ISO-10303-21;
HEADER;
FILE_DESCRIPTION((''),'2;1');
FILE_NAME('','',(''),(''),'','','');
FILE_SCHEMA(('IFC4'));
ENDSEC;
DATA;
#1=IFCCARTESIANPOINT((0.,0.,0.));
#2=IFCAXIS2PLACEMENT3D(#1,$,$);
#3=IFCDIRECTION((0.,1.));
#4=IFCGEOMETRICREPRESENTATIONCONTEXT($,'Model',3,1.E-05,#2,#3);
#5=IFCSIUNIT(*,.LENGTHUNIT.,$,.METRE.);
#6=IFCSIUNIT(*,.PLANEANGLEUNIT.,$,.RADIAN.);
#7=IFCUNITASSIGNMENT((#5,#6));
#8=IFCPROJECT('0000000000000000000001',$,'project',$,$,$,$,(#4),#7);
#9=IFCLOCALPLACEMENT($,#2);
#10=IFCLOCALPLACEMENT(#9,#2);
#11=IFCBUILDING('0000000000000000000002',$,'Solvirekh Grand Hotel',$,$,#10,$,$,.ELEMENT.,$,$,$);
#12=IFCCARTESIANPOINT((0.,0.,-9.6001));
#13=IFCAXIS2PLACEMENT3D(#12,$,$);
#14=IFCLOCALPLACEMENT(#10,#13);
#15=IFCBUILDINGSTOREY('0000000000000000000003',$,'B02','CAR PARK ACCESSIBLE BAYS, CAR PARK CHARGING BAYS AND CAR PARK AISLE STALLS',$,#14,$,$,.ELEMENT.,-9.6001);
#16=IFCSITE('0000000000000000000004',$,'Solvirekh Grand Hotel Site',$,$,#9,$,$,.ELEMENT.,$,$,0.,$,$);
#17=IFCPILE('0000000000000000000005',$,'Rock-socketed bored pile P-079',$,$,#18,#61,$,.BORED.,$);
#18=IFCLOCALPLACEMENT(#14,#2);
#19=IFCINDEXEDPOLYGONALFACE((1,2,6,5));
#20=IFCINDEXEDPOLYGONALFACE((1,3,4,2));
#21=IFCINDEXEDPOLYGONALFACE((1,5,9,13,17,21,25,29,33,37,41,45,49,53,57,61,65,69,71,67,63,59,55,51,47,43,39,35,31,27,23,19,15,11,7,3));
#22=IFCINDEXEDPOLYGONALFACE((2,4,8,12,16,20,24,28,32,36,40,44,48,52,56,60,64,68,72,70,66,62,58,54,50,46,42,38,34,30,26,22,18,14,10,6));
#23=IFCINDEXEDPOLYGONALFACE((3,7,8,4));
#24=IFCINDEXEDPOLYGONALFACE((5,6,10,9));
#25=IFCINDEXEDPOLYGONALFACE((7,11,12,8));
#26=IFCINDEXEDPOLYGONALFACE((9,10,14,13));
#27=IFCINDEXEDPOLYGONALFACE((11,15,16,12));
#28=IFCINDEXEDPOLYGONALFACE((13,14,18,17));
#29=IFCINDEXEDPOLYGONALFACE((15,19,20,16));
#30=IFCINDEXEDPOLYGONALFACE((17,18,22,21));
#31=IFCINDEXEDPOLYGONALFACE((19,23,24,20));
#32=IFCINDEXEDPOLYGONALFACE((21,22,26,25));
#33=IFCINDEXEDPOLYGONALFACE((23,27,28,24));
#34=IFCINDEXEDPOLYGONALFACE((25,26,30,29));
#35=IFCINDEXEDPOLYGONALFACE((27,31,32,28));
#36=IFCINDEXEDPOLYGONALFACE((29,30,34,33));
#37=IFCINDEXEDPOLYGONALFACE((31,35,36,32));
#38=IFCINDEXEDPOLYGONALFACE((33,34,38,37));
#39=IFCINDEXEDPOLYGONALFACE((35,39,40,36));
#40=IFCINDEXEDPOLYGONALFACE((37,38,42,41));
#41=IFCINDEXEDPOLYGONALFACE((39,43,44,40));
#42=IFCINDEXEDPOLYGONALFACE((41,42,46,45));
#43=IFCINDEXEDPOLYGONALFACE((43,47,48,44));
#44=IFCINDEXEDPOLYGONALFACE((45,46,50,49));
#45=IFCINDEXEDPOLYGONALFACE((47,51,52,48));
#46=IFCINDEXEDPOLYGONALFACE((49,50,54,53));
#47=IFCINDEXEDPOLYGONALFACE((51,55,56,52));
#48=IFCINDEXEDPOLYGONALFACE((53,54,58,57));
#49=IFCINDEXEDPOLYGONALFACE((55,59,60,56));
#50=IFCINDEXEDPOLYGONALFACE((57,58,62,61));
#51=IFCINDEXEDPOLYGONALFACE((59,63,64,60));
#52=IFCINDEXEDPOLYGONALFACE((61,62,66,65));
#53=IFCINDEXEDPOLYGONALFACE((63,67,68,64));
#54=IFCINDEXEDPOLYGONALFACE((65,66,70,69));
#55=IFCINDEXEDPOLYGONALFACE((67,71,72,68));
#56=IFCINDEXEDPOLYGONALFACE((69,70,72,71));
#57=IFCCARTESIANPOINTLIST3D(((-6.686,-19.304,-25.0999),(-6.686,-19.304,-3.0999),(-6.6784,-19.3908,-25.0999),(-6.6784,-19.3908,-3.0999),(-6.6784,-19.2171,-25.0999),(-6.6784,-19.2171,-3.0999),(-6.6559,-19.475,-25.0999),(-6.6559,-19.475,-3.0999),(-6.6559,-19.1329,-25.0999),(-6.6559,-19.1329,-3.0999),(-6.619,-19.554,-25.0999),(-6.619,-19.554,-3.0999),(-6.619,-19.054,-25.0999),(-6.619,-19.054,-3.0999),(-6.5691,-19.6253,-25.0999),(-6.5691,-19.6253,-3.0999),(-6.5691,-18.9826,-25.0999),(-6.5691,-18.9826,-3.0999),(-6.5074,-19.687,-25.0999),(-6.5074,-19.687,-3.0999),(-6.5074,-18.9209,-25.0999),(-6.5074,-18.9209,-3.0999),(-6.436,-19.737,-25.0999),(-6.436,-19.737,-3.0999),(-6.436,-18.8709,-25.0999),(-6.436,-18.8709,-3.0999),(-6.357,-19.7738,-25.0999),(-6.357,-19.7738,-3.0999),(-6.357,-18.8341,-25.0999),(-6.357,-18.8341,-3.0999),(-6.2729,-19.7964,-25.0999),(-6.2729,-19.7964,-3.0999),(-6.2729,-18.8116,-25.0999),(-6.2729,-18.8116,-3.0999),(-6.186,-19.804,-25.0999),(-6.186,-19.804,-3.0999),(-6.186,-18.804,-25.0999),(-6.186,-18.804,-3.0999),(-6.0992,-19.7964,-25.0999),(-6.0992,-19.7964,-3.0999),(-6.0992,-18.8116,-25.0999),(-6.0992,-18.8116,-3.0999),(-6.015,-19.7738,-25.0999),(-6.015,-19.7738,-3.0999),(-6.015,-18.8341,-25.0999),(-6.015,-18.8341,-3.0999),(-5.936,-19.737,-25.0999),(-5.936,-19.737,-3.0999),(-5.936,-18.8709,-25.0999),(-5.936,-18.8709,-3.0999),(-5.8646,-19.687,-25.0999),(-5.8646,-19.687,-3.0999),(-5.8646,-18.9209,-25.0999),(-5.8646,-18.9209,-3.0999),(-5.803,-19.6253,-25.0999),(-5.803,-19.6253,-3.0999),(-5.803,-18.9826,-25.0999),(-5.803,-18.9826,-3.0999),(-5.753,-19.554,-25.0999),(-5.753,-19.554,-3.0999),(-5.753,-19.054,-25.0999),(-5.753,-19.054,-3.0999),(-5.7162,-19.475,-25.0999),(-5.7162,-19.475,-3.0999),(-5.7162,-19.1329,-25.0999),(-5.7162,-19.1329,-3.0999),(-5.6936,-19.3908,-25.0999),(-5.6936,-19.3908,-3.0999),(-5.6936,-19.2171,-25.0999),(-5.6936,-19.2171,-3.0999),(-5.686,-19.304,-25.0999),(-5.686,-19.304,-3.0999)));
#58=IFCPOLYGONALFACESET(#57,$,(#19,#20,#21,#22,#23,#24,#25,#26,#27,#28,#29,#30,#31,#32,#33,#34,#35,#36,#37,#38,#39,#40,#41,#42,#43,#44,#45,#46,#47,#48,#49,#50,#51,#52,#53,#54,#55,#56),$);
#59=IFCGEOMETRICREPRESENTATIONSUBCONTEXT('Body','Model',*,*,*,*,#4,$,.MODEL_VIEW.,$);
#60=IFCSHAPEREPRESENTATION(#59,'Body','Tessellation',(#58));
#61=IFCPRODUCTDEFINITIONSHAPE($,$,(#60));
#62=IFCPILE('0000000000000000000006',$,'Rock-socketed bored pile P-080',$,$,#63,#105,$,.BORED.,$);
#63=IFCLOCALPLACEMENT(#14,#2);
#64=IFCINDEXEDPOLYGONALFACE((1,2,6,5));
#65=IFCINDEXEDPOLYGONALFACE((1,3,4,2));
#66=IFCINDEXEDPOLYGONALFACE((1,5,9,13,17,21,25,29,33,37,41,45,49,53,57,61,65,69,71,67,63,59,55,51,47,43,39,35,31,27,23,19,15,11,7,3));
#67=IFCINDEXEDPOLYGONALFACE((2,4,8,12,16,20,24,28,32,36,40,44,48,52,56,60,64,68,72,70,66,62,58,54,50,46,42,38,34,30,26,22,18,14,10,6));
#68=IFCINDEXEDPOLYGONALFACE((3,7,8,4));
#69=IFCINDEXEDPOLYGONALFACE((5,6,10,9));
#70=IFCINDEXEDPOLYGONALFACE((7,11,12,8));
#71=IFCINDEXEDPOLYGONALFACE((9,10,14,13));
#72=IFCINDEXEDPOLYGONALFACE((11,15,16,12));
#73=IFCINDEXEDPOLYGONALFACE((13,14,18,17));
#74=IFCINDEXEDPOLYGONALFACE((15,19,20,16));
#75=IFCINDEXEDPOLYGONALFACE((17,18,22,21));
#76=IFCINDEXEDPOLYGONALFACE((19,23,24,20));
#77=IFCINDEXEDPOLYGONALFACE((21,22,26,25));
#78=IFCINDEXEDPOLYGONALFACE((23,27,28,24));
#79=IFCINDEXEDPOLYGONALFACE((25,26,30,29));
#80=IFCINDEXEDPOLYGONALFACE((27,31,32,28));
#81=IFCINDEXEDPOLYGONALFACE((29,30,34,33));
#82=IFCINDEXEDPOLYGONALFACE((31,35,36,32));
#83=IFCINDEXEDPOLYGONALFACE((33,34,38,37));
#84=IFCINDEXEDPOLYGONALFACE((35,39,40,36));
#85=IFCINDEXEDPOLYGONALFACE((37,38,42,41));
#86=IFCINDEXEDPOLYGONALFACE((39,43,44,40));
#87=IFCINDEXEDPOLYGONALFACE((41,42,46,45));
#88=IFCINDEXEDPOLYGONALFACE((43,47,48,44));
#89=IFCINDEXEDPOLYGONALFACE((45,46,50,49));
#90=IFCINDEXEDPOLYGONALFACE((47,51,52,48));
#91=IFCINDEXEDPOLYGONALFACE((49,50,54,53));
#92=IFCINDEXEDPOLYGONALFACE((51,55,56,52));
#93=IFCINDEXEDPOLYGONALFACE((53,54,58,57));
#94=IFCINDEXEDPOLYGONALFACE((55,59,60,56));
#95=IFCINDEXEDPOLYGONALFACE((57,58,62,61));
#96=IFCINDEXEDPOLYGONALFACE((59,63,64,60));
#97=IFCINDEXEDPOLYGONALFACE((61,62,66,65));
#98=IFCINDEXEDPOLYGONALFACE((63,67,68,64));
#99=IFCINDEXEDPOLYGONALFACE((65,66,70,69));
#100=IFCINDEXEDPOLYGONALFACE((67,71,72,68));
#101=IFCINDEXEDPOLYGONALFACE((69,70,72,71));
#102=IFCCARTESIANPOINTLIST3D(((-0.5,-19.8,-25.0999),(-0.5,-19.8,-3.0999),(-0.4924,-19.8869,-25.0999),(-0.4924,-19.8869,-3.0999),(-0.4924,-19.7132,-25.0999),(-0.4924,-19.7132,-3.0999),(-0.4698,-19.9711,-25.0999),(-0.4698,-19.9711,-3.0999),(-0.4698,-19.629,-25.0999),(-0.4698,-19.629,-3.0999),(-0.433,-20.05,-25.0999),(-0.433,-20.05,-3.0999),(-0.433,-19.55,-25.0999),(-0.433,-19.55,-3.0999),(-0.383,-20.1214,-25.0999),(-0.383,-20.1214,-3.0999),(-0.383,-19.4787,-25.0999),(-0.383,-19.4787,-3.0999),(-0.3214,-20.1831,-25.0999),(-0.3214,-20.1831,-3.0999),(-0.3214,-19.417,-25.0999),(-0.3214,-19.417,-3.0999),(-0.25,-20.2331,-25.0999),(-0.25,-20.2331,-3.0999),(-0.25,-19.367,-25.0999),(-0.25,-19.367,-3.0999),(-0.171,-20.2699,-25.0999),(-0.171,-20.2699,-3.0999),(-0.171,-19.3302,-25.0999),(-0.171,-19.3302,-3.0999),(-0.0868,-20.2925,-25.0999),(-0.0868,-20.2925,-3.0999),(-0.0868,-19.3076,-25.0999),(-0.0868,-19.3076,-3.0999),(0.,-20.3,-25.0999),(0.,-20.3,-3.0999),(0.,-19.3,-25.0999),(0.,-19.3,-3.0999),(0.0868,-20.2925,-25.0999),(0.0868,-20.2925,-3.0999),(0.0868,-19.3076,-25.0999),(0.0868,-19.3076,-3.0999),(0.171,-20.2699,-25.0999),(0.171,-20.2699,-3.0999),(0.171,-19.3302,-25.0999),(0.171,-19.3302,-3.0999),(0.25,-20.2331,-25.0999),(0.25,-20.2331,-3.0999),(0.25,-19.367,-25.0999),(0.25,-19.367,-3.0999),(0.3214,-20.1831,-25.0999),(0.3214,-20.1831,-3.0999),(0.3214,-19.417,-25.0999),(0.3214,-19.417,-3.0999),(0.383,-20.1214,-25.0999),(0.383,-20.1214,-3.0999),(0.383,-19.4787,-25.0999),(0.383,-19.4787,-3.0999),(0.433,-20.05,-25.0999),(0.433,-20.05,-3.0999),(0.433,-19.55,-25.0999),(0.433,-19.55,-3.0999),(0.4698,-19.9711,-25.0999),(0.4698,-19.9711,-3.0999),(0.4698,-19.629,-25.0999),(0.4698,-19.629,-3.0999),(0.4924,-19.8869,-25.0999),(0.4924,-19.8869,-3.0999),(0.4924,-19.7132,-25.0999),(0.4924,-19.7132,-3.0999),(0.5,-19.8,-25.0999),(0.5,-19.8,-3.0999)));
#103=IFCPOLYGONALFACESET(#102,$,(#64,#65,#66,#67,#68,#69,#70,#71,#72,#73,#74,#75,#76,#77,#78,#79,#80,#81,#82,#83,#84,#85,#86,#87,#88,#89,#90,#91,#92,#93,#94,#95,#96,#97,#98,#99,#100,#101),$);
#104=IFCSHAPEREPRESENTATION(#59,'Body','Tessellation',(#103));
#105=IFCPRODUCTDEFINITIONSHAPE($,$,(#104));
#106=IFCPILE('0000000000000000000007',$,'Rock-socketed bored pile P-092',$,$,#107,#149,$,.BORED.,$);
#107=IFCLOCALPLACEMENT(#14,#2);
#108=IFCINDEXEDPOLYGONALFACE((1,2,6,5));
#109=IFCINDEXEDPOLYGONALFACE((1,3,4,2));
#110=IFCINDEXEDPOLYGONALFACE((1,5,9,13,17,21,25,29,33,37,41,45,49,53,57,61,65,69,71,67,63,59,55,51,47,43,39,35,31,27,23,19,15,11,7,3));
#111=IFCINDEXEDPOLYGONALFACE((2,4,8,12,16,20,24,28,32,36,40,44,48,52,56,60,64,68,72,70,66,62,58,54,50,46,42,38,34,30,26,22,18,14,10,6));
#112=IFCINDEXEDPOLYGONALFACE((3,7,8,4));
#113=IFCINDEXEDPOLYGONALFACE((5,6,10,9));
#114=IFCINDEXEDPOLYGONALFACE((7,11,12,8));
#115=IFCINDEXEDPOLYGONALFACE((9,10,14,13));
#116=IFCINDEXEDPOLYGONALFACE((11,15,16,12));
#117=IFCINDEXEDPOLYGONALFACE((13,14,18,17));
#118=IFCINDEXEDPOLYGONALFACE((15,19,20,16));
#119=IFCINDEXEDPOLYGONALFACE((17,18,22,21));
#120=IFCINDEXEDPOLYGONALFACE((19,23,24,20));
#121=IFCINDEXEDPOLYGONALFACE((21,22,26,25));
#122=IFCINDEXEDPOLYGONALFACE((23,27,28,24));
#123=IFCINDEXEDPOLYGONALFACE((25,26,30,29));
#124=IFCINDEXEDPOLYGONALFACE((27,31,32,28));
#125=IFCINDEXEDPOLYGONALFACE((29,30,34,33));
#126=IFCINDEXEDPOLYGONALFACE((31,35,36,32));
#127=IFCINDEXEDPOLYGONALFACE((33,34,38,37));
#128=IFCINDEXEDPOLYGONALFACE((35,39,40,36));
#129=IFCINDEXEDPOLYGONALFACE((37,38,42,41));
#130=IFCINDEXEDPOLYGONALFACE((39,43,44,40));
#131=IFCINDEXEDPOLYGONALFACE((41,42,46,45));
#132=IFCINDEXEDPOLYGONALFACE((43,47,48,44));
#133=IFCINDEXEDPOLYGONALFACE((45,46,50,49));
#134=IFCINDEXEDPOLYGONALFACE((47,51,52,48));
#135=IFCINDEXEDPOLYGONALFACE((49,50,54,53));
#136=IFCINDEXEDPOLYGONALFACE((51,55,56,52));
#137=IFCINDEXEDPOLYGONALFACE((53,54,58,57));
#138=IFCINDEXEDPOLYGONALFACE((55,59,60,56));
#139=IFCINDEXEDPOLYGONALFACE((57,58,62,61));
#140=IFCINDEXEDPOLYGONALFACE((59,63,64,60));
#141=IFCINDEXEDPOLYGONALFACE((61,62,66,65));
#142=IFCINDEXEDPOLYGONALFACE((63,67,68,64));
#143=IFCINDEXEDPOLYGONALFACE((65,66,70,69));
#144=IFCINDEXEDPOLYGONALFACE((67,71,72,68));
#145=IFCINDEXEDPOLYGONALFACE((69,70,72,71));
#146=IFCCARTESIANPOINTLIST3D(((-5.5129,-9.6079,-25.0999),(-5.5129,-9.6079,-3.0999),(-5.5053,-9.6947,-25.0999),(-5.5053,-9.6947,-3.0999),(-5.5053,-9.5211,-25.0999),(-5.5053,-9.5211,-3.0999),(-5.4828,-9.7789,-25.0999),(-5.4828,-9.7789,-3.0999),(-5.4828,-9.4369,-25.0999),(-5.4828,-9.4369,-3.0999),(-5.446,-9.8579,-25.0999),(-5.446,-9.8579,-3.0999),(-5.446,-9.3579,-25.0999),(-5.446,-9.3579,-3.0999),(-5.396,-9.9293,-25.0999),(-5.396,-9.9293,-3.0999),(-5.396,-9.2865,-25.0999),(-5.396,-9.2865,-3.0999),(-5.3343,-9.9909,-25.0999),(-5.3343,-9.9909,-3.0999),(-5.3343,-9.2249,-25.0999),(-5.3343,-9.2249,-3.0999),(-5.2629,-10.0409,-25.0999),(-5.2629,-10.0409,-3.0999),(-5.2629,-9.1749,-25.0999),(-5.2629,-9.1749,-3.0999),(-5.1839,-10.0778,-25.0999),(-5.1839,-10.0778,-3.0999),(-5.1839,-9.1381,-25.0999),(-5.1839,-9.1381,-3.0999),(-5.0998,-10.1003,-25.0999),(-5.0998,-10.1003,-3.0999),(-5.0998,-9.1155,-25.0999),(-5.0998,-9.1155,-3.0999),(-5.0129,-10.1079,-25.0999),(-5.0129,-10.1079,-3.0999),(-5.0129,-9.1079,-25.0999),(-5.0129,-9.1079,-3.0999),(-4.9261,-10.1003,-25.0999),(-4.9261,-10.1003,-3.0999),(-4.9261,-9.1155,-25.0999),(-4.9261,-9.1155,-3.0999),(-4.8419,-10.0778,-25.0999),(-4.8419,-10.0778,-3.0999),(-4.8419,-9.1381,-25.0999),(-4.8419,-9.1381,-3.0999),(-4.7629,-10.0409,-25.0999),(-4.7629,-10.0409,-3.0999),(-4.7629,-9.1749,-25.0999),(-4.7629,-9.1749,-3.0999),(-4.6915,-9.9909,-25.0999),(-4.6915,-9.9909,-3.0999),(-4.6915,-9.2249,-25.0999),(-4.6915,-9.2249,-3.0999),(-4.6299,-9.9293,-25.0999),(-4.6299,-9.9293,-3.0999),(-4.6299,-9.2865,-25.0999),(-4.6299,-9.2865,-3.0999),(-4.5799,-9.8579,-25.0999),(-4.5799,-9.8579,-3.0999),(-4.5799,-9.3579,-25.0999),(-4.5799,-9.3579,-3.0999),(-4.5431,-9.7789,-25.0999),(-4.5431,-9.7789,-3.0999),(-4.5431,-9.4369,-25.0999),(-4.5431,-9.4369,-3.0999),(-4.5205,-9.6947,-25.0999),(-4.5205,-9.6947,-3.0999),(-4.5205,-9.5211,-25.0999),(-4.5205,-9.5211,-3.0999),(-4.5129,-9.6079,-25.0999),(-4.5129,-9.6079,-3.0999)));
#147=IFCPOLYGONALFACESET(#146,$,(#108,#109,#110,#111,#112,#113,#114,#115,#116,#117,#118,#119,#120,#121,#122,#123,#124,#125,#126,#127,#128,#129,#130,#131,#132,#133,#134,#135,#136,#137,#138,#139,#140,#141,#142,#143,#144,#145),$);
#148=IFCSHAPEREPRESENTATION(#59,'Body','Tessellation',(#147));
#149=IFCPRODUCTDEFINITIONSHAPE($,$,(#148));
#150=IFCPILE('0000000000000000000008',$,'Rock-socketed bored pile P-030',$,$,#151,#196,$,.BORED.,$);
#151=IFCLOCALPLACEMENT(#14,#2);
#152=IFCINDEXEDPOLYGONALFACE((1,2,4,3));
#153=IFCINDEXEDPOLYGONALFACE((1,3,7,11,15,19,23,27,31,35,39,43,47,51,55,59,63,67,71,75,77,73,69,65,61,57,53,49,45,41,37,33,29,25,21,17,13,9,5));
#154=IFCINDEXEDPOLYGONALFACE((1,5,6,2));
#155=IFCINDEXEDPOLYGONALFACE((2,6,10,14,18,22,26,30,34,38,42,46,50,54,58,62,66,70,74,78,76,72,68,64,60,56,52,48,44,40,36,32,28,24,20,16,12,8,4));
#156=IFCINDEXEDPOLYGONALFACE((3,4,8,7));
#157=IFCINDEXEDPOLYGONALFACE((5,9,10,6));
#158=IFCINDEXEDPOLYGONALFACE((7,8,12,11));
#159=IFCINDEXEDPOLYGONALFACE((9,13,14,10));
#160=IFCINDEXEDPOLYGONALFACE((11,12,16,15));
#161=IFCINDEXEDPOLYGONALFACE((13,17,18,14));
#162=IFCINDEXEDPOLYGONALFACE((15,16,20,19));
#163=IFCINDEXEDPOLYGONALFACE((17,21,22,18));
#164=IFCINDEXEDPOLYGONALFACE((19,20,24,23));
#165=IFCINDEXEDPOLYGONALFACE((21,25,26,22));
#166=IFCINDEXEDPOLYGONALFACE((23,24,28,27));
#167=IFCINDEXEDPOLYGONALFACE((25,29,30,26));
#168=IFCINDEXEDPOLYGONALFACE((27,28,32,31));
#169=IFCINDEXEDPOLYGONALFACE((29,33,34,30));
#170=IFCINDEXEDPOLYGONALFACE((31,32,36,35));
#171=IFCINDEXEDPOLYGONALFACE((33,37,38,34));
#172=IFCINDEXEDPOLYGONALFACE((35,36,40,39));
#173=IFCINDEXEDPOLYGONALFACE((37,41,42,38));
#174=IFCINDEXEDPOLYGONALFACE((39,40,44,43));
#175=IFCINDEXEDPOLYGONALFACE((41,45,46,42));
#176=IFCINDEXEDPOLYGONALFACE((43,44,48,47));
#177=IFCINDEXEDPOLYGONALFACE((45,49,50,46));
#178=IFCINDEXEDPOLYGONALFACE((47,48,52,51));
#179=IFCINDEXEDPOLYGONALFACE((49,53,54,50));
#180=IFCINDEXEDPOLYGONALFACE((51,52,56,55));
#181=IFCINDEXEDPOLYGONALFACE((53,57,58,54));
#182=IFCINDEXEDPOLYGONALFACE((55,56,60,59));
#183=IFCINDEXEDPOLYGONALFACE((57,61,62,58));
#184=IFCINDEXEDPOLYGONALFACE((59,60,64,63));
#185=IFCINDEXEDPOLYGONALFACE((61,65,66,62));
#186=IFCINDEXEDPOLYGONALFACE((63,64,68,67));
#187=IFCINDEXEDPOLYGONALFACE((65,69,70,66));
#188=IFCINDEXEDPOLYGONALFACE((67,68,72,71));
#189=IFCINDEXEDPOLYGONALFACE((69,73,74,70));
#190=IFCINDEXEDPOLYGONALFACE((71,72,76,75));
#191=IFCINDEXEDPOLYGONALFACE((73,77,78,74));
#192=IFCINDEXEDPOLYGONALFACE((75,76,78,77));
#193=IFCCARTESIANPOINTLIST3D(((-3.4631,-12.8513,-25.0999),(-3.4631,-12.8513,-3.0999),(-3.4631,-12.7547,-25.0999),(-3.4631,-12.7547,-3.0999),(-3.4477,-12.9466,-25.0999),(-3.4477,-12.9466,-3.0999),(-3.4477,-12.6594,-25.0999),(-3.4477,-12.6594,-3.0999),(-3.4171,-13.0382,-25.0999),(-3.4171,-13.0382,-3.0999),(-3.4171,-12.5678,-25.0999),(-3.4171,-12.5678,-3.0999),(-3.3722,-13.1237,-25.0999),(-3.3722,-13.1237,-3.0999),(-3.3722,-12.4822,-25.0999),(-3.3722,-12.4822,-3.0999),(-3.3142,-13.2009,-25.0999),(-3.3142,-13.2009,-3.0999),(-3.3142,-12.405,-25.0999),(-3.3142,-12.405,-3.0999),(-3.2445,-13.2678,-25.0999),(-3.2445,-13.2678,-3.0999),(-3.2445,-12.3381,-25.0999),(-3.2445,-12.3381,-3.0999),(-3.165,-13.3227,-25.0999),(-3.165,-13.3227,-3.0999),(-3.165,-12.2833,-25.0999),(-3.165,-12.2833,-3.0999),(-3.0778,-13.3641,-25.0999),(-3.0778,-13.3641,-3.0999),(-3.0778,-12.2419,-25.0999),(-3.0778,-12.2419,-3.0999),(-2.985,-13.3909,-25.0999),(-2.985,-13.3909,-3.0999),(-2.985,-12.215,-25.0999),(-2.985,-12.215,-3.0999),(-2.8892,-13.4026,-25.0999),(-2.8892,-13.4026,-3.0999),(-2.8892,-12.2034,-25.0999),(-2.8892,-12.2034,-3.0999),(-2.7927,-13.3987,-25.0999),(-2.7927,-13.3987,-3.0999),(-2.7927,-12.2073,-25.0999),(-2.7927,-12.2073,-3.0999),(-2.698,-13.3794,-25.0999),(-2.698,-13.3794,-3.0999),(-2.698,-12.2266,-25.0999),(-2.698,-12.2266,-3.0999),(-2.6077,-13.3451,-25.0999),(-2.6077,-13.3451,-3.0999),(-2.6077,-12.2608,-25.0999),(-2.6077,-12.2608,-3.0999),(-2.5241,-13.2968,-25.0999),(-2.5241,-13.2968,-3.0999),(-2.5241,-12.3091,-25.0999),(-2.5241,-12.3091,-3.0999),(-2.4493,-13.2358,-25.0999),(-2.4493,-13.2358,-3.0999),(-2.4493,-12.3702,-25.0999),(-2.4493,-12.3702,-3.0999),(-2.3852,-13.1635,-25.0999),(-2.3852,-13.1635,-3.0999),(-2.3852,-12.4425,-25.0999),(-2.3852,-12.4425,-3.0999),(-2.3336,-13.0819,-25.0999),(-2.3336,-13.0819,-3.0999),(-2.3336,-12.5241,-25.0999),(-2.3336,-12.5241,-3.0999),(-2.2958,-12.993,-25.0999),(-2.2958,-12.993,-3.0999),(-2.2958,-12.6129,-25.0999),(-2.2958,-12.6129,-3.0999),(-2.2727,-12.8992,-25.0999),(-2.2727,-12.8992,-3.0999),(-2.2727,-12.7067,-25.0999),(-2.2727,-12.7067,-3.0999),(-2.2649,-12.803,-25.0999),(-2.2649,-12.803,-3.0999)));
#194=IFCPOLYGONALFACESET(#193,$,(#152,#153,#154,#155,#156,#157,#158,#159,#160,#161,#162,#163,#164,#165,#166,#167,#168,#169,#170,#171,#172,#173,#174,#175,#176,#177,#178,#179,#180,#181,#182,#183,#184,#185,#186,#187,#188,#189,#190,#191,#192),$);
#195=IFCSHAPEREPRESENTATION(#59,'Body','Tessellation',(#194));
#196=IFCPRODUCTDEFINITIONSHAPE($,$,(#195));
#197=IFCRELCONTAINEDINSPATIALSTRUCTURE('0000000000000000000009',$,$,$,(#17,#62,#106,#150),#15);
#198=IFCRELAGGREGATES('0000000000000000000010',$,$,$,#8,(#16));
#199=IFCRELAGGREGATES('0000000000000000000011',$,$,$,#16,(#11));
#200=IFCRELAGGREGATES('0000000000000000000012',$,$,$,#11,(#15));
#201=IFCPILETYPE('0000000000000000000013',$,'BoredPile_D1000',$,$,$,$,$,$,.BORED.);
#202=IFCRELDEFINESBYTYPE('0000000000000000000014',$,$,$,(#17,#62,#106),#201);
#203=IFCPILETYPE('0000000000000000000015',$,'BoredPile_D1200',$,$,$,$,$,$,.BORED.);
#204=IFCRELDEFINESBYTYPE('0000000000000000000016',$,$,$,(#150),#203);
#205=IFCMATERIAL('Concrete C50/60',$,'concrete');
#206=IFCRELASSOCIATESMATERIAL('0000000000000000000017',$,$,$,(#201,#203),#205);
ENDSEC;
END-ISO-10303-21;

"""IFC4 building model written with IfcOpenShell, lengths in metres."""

from ifc_helpers import new_model, si_unit, direction, frame, origin, origin_2d, place, context, subcontext, project, spatial, circle, extrude, material, material_profile, profile_set, type_object, element, save


model = new_model("IFC4")

# Units and contexts
model_context = context("Model", 3, precision=1e-05, world=origin(), true_north=direction((0.0, 1.0)))
body_context = subcontext(model_context, "Body", "Model", "MODEL_VIEW")
ifc_project = project(units=[si_unit("LENGTHUNIT", "METRE"), si_unit("PLANEANGLEUNIT", "RADIAN")], contexts=[model_context])

# Site, building, storey
site_placement = place(None, origin())
site = spatial("IfcSite", under=ifc_project, at=site_placement, Name="Solvirekh Grand Hotel Site", CompositionType="ELEMENT", RefElevation=0.0)
building_placement = place(site_placement, origin())
building = spatial("IfcBuilding", under=site, at=building_placement, Name="Solvirekh Grand Hotel", CompositionType="ELEMENT")
storey_placement = place(building_placement, frame((0.0, 0.0, -9.6001)))
storey = spatial("IfcBuildingStorey", under=building, at=storey_placement, Name="B02", Description="CAR PARK ACCESSIBLE BAYS, CAR PARK CHARGING BAYS AND CAR PARK AISLE STALLS", CompositionType="ELEMENT", Elevation=-9.6001)

# Piles
ifc_material_1 = material(Name="Concrete C50/60", Category="concrete")
ifc_material_profile_1 = material_profile(ifc_material_1, circle(Radius=0.5, at=origin_2d()), Name="BORED PILE D1000")
ifc_profile_set_1 = profile_set([ifc_material_profile_1], Name="Concrete C50/60")
pile_type_1 = type_object("IfcPileType", Name="BoredPile_D1000", PredefinedType="BORED", material=ifc_profile_set_1)
for number, where, z_axis, x_axis, name in (
    (1, (-6.186, -19.304, -3.0999), (0.0, 0.0, -1.0), (1.0, 0.0, 0.0), "Rock-socketed bored pile P-079"),
    (2, (0.0, -19.8, -3.0999), (0.0, 0.0, -1.0), (1.0, 0.0, 0.0), "Rock-socketed bored pile P-080"),
    (3, (-5.0129, -9.6079, -3.0999), (0.0, 0.0, -1.0), (1.0, 0.0, 0.0), "Rock-socketed bored pile P-092"),
):
    element("IfcPile", number, at=place(storey_placement, frame(where, z_axis=z_axis, x_axis=x_axis)), inside=storey, type_object=pile_type_1, Name=name, PredefinedType="BORED", context=body_context, shape_type="SweptSolid", body=[
        extrude(circle(Radius=0.5, at=origin_2d()), origin(), (0.0, 0.0, 1.0), 22.0),
    ])
ifc_material_profile_2 = material_profile(ifc_material_1, circle(Radius=0.6001, at=origin_2d()), Name="BORED PILE D1200")
ifc_profile_set_2 = profile_set([ifc_material_profile_2], Name="Concrete C50/60")
pile_type_2 = type_object("IfcPileType", Name="BoredPile_D1200", PredefinedType="BORED", material=ifc_profile_set_2)
for number, where, z_axis, x_axis, name in (
    (4, (-2.865, -12.803, -3.0999), (0.0, 0.0, -1.0), (1.0, 0.0, 0.0), "Rock-socketed bored pile P-030"),
):
    element("IfcPile", number, at=place(storey_placement, frame(where, z_axis=z_axis, x_axis=x_axis)), inside=storey, type_object=pile_type_2, Name=name, PredefinedType="BORED", context=body_context, shape_type="SweptSolid", body=[
        extrude(circle(Radius=0.6001, at=origin_2d()), origin(), (0.0, 0.0, 1.0), 22.0),
    ])

save(model, "model.ifc")
